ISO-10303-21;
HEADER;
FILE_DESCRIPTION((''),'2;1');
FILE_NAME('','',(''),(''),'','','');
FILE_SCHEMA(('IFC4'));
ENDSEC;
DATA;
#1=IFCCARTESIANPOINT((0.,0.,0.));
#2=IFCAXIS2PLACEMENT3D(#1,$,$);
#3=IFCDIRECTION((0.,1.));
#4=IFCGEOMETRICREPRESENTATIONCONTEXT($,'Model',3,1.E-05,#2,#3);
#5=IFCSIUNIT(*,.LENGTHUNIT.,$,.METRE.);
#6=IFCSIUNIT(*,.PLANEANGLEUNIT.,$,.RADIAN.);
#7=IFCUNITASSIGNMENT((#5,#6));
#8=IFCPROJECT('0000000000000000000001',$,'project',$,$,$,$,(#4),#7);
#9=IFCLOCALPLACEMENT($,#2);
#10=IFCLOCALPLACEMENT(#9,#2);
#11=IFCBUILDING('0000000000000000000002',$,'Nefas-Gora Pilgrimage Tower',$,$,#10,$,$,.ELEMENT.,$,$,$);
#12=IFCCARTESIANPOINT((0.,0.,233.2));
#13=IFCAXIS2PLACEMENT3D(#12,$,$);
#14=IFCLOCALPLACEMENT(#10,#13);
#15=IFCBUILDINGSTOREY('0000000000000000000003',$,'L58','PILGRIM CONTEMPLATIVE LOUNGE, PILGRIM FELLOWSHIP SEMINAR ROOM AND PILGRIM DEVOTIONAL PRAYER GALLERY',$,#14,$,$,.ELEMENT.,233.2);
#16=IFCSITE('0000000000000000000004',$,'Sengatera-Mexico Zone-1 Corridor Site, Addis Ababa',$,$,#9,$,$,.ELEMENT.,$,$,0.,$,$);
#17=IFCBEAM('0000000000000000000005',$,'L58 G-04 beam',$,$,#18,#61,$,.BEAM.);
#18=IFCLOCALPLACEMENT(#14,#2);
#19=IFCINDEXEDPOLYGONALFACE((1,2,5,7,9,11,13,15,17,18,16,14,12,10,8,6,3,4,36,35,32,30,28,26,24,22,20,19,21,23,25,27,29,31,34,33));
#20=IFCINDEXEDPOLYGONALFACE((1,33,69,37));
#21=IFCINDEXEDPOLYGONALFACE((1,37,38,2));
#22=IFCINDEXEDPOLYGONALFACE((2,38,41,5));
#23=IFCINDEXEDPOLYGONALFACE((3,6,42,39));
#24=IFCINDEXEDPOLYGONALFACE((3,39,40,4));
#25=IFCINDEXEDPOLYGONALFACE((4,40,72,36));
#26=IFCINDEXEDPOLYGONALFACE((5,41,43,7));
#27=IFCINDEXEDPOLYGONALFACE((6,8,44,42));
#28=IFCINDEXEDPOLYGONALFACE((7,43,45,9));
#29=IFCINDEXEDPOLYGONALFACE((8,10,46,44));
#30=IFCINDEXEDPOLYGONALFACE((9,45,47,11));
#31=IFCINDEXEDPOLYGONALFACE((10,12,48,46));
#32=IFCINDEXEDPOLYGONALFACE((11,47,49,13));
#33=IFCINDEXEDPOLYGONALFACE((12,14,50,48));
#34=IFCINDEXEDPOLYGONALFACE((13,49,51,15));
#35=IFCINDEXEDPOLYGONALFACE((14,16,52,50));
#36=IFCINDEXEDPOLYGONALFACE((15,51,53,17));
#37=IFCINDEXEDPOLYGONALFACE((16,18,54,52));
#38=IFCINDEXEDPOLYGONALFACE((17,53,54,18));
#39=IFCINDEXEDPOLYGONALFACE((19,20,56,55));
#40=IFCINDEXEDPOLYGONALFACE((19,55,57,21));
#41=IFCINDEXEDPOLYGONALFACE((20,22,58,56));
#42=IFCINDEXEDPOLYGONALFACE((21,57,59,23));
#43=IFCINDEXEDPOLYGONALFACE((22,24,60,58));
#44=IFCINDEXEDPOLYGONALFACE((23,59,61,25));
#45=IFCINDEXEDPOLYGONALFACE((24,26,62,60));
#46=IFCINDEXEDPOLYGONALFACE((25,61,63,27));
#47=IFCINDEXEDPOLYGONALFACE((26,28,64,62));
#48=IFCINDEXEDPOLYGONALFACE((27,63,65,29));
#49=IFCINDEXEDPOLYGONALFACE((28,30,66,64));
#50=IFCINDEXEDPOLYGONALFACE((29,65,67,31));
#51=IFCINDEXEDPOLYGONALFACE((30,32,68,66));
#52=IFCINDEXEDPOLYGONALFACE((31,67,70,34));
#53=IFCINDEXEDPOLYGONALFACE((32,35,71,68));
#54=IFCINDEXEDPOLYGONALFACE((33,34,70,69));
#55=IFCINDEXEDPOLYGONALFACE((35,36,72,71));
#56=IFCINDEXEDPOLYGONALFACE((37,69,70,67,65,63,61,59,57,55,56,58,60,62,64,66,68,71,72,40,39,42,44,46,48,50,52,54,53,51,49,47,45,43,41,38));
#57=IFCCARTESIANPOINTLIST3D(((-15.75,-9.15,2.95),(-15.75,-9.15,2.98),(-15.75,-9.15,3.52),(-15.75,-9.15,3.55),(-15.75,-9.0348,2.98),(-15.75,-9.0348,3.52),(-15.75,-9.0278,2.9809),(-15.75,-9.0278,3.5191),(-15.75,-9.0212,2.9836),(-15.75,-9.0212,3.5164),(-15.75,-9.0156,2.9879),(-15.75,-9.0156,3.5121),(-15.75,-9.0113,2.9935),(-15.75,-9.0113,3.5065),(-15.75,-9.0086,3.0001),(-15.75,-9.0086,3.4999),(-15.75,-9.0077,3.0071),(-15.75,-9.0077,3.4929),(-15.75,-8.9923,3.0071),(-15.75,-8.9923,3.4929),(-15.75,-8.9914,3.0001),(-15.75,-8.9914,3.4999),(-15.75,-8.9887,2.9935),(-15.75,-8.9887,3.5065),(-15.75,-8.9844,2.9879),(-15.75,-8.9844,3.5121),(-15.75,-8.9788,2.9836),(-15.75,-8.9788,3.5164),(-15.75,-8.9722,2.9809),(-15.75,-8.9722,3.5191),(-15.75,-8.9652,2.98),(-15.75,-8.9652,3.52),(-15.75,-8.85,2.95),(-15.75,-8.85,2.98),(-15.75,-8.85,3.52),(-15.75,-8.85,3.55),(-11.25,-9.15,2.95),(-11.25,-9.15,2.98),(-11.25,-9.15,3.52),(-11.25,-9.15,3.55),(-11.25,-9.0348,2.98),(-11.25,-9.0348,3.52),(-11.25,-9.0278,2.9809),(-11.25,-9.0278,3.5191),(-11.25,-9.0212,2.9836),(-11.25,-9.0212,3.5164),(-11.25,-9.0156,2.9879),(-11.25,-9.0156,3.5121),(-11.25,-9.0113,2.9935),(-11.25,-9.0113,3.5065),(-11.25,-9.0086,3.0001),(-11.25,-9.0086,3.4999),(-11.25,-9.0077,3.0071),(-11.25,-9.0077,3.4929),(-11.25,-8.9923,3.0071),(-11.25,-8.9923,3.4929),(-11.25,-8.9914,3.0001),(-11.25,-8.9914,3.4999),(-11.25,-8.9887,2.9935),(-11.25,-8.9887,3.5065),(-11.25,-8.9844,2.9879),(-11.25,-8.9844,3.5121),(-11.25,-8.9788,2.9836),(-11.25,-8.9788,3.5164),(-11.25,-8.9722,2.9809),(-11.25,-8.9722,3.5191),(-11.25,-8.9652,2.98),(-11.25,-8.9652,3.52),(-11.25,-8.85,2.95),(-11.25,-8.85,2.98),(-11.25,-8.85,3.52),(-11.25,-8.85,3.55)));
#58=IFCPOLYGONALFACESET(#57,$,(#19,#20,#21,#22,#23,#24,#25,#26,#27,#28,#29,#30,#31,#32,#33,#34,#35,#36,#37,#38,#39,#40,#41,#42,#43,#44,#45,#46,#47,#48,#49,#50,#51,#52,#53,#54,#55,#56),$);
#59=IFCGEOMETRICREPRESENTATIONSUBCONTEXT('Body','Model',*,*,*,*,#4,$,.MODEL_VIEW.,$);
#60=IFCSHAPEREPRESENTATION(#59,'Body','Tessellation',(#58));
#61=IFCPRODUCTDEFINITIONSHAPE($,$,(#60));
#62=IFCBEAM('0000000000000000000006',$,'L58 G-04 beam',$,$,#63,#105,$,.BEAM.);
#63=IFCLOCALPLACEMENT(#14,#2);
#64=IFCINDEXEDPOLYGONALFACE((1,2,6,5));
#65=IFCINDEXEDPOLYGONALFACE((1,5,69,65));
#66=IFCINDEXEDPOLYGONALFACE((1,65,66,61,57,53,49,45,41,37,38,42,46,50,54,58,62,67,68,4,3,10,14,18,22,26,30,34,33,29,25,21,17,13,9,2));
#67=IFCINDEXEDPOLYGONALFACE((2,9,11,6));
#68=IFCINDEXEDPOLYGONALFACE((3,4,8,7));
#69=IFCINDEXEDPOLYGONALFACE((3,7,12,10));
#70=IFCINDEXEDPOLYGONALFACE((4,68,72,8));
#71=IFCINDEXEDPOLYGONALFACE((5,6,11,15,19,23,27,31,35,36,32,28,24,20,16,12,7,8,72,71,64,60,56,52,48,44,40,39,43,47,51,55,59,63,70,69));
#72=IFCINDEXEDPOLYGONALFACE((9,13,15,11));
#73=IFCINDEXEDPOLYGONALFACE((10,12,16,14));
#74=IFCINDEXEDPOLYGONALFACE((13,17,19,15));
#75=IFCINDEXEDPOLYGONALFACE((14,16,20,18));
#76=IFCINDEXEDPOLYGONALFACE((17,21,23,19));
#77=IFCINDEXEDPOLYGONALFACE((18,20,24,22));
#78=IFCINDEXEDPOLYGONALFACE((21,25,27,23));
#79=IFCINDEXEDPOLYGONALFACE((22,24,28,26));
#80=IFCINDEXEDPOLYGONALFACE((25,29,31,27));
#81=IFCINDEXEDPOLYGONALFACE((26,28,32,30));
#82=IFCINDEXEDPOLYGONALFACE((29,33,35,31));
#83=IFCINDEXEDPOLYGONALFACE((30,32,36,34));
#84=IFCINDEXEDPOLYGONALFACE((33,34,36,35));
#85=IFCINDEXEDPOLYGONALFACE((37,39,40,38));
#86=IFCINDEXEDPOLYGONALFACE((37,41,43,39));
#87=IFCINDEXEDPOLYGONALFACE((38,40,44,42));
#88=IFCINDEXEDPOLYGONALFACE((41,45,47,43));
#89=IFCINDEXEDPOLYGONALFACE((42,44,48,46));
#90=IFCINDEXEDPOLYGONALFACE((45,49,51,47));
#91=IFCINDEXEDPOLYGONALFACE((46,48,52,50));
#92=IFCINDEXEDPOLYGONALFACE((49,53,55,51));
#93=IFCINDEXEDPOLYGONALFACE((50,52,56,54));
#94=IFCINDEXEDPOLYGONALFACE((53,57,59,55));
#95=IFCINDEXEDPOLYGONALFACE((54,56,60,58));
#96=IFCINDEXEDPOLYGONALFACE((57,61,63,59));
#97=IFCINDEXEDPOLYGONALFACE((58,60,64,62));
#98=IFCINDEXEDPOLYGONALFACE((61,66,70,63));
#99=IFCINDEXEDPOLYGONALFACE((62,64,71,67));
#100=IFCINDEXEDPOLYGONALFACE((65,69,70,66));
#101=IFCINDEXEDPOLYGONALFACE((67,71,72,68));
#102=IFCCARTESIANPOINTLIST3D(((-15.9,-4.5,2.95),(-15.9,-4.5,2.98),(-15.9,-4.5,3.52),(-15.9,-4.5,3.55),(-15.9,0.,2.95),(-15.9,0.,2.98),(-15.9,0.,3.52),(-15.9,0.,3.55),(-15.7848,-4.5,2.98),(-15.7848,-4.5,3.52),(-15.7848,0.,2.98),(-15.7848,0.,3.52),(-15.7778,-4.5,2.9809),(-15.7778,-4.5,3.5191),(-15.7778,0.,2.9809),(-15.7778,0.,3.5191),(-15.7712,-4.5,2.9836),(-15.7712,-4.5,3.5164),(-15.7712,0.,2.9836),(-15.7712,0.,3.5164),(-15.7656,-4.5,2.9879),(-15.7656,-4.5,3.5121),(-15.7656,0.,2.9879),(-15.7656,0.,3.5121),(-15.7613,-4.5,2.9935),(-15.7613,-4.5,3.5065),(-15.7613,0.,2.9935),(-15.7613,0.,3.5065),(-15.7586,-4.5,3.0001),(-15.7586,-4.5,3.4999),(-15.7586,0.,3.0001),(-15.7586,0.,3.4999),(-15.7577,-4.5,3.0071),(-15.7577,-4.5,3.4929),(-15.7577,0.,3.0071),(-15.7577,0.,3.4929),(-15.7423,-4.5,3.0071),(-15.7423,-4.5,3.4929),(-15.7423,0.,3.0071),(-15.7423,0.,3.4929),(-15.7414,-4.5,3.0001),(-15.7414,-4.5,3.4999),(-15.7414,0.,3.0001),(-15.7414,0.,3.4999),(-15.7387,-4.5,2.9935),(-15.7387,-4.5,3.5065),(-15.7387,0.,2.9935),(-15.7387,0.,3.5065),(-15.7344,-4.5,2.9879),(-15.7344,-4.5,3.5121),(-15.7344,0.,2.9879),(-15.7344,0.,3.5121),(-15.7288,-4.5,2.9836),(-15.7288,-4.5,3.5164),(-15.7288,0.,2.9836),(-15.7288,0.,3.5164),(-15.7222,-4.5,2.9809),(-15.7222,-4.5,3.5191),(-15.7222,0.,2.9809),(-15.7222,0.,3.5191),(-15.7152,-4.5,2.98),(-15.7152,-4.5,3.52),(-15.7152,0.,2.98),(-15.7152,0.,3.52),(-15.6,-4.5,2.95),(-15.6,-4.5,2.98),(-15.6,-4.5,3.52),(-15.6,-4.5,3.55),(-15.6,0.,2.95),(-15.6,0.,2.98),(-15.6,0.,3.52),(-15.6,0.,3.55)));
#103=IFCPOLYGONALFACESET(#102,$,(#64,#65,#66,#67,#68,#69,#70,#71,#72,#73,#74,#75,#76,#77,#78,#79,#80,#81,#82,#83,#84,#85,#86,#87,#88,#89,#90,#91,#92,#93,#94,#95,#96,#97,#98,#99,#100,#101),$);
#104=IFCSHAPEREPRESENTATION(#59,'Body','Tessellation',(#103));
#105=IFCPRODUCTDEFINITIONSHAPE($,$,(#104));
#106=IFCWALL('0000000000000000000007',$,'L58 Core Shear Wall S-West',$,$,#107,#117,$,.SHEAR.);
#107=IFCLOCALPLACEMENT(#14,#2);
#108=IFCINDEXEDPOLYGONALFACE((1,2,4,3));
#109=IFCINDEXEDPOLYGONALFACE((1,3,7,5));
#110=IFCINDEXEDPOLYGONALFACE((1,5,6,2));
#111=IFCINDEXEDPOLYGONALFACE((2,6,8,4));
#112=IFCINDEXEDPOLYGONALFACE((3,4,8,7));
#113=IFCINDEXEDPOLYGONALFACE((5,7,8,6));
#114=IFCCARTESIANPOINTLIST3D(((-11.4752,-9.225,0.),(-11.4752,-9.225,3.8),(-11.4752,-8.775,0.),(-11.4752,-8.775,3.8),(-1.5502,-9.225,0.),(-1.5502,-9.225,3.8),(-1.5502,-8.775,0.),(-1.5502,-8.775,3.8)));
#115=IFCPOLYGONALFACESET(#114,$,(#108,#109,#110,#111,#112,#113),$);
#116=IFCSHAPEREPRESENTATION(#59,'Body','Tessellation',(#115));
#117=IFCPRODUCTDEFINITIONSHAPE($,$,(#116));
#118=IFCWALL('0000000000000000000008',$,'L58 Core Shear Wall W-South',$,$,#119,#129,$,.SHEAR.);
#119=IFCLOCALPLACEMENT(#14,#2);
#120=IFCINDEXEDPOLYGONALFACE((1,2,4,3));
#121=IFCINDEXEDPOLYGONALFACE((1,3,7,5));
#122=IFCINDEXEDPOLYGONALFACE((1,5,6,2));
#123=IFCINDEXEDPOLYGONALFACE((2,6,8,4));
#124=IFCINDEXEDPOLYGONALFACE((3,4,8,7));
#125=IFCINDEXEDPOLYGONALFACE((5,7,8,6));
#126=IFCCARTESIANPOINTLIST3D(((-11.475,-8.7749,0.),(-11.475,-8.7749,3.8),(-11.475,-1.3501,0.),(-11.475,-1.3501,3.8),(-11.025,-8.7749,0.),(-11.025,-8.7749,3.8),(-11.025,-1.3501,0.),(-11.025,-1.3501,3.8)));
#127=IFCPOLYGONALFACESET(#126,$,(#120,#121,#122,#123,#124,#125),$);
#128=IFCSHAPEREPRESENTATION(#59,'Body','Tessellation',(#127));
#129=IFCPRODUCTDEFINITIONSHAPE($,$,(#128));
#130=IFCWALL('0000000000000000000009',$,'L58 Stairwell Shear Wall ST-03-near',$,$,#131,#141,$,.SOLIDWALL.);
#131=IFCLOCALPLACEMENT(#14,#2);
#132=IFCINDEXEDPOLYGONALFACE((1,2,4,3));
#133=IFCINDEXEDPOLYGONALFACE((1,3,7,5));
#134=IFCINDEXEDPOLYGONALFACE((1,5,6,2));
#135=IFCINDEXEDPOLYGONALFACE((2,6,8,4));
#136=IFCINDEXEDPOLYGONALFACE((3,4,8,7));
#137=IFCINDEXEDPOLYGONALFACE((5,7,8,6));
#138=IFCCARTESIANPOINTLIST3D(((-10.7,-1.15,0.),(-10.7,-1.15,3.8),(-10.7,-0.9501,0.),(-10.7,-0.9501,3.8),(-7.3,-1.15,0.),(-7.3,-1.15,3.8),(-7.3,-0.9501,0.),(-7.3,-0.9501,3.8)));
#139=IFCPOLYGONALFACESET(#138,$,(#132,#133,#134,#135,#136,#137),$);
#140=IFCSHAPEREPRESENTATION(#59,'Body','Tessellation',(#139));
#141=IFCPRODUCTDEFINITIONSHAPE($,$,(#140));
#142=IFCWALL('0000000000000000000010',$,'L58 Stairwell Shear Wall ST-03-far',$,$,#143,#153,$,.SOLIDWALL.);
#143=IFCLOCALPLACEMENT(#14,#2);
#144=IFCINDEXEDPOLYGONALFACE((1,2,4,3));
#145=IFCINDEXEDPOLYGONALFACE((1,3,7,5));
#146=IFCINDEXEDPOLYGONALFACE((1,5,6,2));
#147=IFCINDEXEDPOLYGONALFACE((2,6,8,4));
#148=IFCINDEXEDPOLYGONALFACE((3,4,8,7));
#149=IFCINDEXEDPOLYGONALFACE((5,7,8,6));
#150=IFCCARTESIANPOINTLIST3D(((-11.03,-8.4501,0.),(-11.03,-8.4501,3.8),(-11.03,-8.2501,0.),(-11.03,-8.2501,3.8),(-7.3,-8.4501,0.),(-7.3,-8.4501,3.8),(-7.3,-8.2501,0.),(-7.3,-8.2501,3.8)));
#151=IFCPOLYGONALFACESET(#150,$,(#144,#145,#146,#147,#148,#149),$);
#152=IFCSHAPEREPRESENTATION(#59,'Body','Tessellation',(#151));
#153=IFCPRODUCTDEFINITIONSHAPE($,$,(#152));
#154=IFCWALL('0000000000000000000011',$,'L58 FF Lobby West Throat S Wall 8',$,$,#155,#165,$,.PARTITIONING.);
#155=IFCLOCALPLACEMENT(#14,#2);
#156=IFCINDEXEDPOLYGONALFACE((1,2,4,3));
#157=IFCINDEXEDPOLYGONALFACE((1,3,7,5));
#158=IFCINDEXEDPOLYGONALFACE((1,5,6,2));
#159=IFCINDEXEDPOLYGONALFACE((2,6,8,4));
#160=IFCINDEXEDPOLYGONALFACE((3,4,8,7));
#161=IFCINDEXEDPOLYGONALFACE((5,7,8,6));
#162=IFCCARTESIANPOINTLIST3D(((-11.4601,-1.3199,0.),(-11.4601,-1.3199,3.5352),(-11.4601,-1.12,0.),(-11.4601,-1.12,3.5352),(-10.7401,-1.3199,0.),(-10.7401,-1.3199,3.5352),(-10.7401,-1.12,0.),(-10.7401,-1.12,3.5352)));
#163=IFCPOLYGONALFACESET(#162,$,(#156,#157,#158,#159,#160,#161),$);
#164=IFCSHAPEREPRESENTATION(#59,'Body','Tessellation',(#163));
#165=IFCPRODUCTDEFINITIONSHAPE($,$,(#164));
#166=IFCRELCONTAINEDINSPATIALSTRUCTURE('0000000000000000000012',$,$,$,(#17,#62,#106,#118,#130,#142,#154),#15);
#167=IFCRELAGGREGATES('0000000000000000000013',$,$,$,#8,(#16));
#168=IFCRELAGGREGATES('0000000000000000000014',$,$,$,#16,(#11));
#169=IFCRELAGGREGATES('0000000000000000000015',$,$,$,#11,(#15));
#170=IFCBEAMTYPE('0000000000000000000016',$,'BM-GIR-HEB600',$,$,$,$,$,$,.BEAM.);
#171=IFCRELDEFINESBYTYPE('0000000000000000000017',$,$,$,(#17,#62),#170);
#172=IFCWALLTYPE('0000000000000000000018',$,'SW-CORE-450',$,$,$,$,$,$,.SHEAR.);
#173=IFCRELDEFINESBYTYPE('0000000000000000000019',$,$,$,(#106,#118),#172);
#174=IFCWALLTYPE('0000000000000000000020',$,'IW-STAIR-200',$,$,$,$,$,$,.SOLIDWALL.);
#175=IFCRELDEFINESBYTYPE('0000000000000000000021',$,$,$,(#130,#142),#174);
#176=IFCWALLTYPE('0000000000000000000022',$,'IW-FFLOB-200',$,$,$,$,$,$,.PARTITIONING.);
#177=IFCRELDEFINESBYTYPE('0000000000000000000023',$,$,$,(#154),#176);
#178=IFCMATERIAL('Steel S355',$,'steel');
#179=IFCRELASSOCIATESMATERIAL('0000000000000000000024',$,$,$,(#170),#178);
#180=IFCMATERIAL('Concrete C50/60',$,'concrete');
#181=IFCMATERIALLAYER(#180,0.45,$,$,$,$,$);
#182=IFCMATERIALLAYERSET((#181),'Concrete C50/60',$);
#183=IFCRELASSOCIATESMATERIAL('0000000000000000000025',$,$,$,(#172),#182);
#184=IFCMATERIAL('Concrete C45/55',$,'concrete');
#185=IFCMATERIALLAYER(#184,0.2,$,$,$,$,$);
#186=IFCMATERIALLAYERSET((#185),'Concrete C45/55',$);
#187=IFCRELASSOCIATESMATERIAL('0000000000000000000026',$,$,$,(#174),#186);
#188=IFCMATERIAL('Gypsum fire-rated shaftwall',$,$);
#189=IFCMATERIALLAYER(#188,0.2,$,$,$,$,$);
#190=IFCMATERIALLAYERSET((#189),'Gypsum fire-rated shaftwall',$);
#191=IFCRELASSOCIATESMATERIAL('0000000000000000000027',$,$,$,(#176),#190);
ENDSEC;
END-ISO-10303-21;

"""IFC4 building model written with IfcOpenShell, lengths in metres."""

from ifc_helpers import new_model, si_unit, direction, frame, frame_2d, origin, origin_2d, place, context, subcontext, project, spatial, rectangle, i_section, extrude, source, transform, mapped, material, layer, layer_set, material_profile, profile_set, type_object, element, save


model = new_model("IFC4")

# Units and contexts
model_context = context("Model", 3, precision=1e-05, world=origin(), true_north=direction((0.0, 1.0)))
body_context = subcontext(model_context, "Body", "Model", "MODEL_VIEW")
ifc_project = project(units=[si_unit("LENGTHUNIT", "METRE"), si_unit("PLANEANGLEUNIT", "RADIAN")], contexts=[model_context])

# Site, building, storey
site_placement = place(None, origin())
site = spatial("IfcSite", under=ifc_project, at=site_placement, Name="Sengatera-Mexico Zone-1 Corridor Site, Addis Ababa", CompositionType="ELEMENT", RefElevation=0.0)
building_placement = place(site_placement, origin())
building = spatial("IfcBuilding", under=site, at=building_placement, Name="Nefas-Gora Pilgrimage Tower", CompositionType="ELEMENT")
storey_placement = place(building_placement, frame((0.0, 0.0, 233.2)))
storey = spatial("IfcBuildingStorey", under=building, at=storey_placement, Name="L58", Description="PILGRIM CONTEMPLATIVE LOUNGE, PILGRIM FELLOWSHIP SEMINAR ROOM AND PILGRIM DEVOTIONAL PRAYER GALLERY", CompositionType="ELEMENT", Elevation=233.2)

# Beams
ifc_material_1 = material(Name="Concrete C50/60", Category="concrete")
ifc_material_2 = material(Name="Steel S355", Category="steel")
ifc_material_profile_1 = material_profile(ifc_material_2, i_section(OverallWidth=0.3, OverallDepth=0.6001, WebThickness=0.0154, FlangeThickness=0.03, FilletRadius=0.0271, at=origin_2d()), Name="HEB 600")
ifc_profile_set_1 = profile_set([ifc_material_profile_1], Name="Steel S355")
beam_type_1 = type_object("IfcBeamType", Name="BM-GIR-HEB600", PredefinedType="BEAM", material=ifc_profile_set_1)
shared_shape_1 = source(origin(), body_context, "Body", "SweptSolid", [
    extrude(i_section(OverallWidth=0.3, OverallDepth=0.6001, WebThickness=0.0154, FlangeThickness=0.03, FilletRadius=0.0271, at=origin_2d()), origin(), (0.0, 0.0, 1.0), 4.5),
])
for number, where, z_axis, x_axis, name in (
    (1, (-15.75, -9.0, 3.25), (1.0, 0.0, 0.0), (0.0, 1.0, 0.0), "L58 G-04 beam"),
    (2, (-15.75, -4.5, 3.25), (0.0, 1.0, 0.0), (-1.0, 0.0, 0.0), "L58 G-04 beam"),
):
    element("IfcBeam", number, at=place(storey_placement, frame(where, z_axis=z_axis, x_axis=x_axis)), inside=storey, type_object=beam_type_1, Name=name, PredefinedType="BEAM", context=body_context, shape_type="MappedRepresentation", body=[
        mapped(shared_shape_1, transform((0.0, 0.0, 0.0), x_axis=(1.0, 0.0, 0.0), y_axis=(0.0, 1.0, 0.0), z_axis=(0.0, 0.0, 1.0), scale=1.0)),
    ])

# Walls
ifc_layer_1 = layer(ifc_material_1, 0.45)
ifc_layer_set_1 = layer_set([ifc_layer_1], Name="Concrete C50/60")
wall_type_1 = type_object("IfcWallType", Name="SW-CORE-450", PredefinedType="SHEAR", material=ifc_layer_set_1)
shared_shape_2 = source(origin(), body_context, "Body", "SweptSolid", [
    extrude(rectangle(XDim=9.925, YDim=0.45, at=frame_2d((4.9624, 0.0))), origin(), (0.0, 0.0, 1.0), 3.8),
])
wall_1_placement = place(storey_placement, frame((-11.4751, -9.0, 0.0), z_axis=(0.0, 0.0, 1.0), x_axis=(1.0, 0.0, 0.0)))
element("IfcWall", 3, at=wall_1_placement, inside=storey, type_object=wall_type_1, Name="L58 Core Shear Wall S-West", PredefinedType="SHEAR", context=body_context, shape_type="MappedRepresentation", body=[
    mapped(shared_shape_2, transform((0.0, 0.0, 0.0), x_axis=(1.0, 0.0, 0.0), y_axis=(0.0, 1.0, 0.0), z_axis=(0.0, 0.0, 1.0), scale=1.0)),
])
shared_shape_3 = source(origin(), body_context, "Body", "SweptSolid", [
    extrude(rectangle(XDim=7.4248, YDim=0.45, at=frame_2d((3.7124, 0.0))), origin(), (0.0, 0.0, 1.0), 3.8),
])
wall_2_placement = place(storey_placement, frame((-11.25, -8.7749, 0.0), z_axis=(0.0, 0.0, 1.0), x_axis=(0.0, 1.0, 0.0)))
element("IfcWall", 4, at=wall_2_placement, inside=storey, type_object=wall_type_1, Name="L58 Core Shear Wall W-South", PredefinedType="SHEAR", context=body_context, shape_type="MappedRepresentation", body=[
    mapped(shared_shape_3, transform((0.0, 0.0, 0.0), x_axis=(1.0, 0.0, 0.0), y_axis=(0.0, 1.0, 0.0), z_axis=(0.0, 0.0, 1.0), scale=1.0)),
])
ifc_material_3 = material(Name="Concrete C45/55", Category="concrete")
ifc_layer_2 = layer(ifc_material_3, 0.2)
ifc_layer_set_2 = layer_set([ifc_layer_2], Name="Concrete C45/55")
wall_type_2 = type_object("IfcWallType", Name="IW-STAIR-200", PredefinedType="SOLIDWALL", material=ifc_layer_set_2)
shared_shape_4 = source(origin(), body_context, "Body", "SweptSolid", [
    extrude(rectangle(XDim=3.3999, YDim=0.2, at=frame_2d((1.7, 0.0))), origin(), (0.0, 0.0, 1.0), 3.8),
])
wall_3_placement = place(storey_placement, frame((-10.7, -1.05, 0.0), z_axis=(0.0, 0.0, 1.0), x_axis=(1.0, 0.0, 0.0)))
element("IfcWall", 5, at=wall_3_placement, inside=storey, type_object=wall_type_2, Name="L58 Stairwell Shear Wall ST-03-near", PredefinedType="SOLIDWALL", context=body_context, shape_type="MappedRepresentation", body=[
    mapped(shared_shape_4, transform((0.0, 0.0, 0.0), x_axis=(1.0, 0.0, 0.0), y_axis=(0.0, 1.0, 0.0), z_axis=(0.0, 0.0, 1.0), scale=1.0)),
])
shared_shape_5 = source(origin(), body_context, "Body", "SweptSolid", [
    extrude(rectangle(XDim=3.73, YDim=0.2, at=frame_2d((1.865, 0.0))), origin(), (0.0, 0.0, 1.0), 3.8),
])
wall_4_placement = place(storey_placement, frame((-11.03, -8.3501, 0.0), z_axis=(0.0, 0.0, 1.0), x_axis=(1.0, 0.0, 0.0)))
element("IfcWall", 6, at=wall_4_placement, inside=storey, type_object=wall_type_2, Name="L58 Stairwell Shear Wall ST-03-far", PredefinedType="SOLIDWALL", context=body_context, shape_type="MappedRepresentation", body=[
    mapped(shared_shape_5, transform((0.0, 0.0, 0.0), x_axis=(1.0, 0.0, 0.0), y_axis=(0.0, 1.0, 0.0), z_axis=(0.0, 0.0, 1.0), scale=1.0)),
])
ifc_material_4 = material(Name="Gypsum fire-rated shaftwall")
ifc_layer_3 = layer(ifc_material_4, 0.2)
ifc_layer_set_3 = layer_set([ifc_layer_3], Name="Gypsum fire-rated shaftwall")
wall_type_3 = type_object("IfcWallType", Name="IW-FFLOB-200", PredefinedType="PARTITIONING", material=ifc_layer_set_3)
shared_shape_6 = source(origin(), body_context, "Body", "SweptSolid", [
    extrude(rectangle(XDim=0.72, YDim=0.2, at=frame_2d((0.3599, 0.0))), origin(), (0.0, 0.0, 1.0), 3.5352),
])
wall_5_placement = place(storey_placement, frame((-11.46, -1.22, 0.0), z_axis=(0.0, 0.0, 1.0), x_axis=(1.0, 0.0, 0.0)))
element("IfcWall", 7, at=wall_5_placement, inside=storey, type_object=wall_type_3, Name="L58 FF Lobby West Throat S Wall 8", PredefinedType="PARTITIONING", context=body_context, shape_type="MappedRepresentation", body=[
    mapped(shared_shape_6, transform((0.0, 0.0, 0.0), x_axis=(1.0, 0.0, 0.0), y_axis=(0.0, 1.0, 0.0), z_axis=(0.0, 0.0, 1.0), scale=1.0)),
])

save(model, "model.ifc")
